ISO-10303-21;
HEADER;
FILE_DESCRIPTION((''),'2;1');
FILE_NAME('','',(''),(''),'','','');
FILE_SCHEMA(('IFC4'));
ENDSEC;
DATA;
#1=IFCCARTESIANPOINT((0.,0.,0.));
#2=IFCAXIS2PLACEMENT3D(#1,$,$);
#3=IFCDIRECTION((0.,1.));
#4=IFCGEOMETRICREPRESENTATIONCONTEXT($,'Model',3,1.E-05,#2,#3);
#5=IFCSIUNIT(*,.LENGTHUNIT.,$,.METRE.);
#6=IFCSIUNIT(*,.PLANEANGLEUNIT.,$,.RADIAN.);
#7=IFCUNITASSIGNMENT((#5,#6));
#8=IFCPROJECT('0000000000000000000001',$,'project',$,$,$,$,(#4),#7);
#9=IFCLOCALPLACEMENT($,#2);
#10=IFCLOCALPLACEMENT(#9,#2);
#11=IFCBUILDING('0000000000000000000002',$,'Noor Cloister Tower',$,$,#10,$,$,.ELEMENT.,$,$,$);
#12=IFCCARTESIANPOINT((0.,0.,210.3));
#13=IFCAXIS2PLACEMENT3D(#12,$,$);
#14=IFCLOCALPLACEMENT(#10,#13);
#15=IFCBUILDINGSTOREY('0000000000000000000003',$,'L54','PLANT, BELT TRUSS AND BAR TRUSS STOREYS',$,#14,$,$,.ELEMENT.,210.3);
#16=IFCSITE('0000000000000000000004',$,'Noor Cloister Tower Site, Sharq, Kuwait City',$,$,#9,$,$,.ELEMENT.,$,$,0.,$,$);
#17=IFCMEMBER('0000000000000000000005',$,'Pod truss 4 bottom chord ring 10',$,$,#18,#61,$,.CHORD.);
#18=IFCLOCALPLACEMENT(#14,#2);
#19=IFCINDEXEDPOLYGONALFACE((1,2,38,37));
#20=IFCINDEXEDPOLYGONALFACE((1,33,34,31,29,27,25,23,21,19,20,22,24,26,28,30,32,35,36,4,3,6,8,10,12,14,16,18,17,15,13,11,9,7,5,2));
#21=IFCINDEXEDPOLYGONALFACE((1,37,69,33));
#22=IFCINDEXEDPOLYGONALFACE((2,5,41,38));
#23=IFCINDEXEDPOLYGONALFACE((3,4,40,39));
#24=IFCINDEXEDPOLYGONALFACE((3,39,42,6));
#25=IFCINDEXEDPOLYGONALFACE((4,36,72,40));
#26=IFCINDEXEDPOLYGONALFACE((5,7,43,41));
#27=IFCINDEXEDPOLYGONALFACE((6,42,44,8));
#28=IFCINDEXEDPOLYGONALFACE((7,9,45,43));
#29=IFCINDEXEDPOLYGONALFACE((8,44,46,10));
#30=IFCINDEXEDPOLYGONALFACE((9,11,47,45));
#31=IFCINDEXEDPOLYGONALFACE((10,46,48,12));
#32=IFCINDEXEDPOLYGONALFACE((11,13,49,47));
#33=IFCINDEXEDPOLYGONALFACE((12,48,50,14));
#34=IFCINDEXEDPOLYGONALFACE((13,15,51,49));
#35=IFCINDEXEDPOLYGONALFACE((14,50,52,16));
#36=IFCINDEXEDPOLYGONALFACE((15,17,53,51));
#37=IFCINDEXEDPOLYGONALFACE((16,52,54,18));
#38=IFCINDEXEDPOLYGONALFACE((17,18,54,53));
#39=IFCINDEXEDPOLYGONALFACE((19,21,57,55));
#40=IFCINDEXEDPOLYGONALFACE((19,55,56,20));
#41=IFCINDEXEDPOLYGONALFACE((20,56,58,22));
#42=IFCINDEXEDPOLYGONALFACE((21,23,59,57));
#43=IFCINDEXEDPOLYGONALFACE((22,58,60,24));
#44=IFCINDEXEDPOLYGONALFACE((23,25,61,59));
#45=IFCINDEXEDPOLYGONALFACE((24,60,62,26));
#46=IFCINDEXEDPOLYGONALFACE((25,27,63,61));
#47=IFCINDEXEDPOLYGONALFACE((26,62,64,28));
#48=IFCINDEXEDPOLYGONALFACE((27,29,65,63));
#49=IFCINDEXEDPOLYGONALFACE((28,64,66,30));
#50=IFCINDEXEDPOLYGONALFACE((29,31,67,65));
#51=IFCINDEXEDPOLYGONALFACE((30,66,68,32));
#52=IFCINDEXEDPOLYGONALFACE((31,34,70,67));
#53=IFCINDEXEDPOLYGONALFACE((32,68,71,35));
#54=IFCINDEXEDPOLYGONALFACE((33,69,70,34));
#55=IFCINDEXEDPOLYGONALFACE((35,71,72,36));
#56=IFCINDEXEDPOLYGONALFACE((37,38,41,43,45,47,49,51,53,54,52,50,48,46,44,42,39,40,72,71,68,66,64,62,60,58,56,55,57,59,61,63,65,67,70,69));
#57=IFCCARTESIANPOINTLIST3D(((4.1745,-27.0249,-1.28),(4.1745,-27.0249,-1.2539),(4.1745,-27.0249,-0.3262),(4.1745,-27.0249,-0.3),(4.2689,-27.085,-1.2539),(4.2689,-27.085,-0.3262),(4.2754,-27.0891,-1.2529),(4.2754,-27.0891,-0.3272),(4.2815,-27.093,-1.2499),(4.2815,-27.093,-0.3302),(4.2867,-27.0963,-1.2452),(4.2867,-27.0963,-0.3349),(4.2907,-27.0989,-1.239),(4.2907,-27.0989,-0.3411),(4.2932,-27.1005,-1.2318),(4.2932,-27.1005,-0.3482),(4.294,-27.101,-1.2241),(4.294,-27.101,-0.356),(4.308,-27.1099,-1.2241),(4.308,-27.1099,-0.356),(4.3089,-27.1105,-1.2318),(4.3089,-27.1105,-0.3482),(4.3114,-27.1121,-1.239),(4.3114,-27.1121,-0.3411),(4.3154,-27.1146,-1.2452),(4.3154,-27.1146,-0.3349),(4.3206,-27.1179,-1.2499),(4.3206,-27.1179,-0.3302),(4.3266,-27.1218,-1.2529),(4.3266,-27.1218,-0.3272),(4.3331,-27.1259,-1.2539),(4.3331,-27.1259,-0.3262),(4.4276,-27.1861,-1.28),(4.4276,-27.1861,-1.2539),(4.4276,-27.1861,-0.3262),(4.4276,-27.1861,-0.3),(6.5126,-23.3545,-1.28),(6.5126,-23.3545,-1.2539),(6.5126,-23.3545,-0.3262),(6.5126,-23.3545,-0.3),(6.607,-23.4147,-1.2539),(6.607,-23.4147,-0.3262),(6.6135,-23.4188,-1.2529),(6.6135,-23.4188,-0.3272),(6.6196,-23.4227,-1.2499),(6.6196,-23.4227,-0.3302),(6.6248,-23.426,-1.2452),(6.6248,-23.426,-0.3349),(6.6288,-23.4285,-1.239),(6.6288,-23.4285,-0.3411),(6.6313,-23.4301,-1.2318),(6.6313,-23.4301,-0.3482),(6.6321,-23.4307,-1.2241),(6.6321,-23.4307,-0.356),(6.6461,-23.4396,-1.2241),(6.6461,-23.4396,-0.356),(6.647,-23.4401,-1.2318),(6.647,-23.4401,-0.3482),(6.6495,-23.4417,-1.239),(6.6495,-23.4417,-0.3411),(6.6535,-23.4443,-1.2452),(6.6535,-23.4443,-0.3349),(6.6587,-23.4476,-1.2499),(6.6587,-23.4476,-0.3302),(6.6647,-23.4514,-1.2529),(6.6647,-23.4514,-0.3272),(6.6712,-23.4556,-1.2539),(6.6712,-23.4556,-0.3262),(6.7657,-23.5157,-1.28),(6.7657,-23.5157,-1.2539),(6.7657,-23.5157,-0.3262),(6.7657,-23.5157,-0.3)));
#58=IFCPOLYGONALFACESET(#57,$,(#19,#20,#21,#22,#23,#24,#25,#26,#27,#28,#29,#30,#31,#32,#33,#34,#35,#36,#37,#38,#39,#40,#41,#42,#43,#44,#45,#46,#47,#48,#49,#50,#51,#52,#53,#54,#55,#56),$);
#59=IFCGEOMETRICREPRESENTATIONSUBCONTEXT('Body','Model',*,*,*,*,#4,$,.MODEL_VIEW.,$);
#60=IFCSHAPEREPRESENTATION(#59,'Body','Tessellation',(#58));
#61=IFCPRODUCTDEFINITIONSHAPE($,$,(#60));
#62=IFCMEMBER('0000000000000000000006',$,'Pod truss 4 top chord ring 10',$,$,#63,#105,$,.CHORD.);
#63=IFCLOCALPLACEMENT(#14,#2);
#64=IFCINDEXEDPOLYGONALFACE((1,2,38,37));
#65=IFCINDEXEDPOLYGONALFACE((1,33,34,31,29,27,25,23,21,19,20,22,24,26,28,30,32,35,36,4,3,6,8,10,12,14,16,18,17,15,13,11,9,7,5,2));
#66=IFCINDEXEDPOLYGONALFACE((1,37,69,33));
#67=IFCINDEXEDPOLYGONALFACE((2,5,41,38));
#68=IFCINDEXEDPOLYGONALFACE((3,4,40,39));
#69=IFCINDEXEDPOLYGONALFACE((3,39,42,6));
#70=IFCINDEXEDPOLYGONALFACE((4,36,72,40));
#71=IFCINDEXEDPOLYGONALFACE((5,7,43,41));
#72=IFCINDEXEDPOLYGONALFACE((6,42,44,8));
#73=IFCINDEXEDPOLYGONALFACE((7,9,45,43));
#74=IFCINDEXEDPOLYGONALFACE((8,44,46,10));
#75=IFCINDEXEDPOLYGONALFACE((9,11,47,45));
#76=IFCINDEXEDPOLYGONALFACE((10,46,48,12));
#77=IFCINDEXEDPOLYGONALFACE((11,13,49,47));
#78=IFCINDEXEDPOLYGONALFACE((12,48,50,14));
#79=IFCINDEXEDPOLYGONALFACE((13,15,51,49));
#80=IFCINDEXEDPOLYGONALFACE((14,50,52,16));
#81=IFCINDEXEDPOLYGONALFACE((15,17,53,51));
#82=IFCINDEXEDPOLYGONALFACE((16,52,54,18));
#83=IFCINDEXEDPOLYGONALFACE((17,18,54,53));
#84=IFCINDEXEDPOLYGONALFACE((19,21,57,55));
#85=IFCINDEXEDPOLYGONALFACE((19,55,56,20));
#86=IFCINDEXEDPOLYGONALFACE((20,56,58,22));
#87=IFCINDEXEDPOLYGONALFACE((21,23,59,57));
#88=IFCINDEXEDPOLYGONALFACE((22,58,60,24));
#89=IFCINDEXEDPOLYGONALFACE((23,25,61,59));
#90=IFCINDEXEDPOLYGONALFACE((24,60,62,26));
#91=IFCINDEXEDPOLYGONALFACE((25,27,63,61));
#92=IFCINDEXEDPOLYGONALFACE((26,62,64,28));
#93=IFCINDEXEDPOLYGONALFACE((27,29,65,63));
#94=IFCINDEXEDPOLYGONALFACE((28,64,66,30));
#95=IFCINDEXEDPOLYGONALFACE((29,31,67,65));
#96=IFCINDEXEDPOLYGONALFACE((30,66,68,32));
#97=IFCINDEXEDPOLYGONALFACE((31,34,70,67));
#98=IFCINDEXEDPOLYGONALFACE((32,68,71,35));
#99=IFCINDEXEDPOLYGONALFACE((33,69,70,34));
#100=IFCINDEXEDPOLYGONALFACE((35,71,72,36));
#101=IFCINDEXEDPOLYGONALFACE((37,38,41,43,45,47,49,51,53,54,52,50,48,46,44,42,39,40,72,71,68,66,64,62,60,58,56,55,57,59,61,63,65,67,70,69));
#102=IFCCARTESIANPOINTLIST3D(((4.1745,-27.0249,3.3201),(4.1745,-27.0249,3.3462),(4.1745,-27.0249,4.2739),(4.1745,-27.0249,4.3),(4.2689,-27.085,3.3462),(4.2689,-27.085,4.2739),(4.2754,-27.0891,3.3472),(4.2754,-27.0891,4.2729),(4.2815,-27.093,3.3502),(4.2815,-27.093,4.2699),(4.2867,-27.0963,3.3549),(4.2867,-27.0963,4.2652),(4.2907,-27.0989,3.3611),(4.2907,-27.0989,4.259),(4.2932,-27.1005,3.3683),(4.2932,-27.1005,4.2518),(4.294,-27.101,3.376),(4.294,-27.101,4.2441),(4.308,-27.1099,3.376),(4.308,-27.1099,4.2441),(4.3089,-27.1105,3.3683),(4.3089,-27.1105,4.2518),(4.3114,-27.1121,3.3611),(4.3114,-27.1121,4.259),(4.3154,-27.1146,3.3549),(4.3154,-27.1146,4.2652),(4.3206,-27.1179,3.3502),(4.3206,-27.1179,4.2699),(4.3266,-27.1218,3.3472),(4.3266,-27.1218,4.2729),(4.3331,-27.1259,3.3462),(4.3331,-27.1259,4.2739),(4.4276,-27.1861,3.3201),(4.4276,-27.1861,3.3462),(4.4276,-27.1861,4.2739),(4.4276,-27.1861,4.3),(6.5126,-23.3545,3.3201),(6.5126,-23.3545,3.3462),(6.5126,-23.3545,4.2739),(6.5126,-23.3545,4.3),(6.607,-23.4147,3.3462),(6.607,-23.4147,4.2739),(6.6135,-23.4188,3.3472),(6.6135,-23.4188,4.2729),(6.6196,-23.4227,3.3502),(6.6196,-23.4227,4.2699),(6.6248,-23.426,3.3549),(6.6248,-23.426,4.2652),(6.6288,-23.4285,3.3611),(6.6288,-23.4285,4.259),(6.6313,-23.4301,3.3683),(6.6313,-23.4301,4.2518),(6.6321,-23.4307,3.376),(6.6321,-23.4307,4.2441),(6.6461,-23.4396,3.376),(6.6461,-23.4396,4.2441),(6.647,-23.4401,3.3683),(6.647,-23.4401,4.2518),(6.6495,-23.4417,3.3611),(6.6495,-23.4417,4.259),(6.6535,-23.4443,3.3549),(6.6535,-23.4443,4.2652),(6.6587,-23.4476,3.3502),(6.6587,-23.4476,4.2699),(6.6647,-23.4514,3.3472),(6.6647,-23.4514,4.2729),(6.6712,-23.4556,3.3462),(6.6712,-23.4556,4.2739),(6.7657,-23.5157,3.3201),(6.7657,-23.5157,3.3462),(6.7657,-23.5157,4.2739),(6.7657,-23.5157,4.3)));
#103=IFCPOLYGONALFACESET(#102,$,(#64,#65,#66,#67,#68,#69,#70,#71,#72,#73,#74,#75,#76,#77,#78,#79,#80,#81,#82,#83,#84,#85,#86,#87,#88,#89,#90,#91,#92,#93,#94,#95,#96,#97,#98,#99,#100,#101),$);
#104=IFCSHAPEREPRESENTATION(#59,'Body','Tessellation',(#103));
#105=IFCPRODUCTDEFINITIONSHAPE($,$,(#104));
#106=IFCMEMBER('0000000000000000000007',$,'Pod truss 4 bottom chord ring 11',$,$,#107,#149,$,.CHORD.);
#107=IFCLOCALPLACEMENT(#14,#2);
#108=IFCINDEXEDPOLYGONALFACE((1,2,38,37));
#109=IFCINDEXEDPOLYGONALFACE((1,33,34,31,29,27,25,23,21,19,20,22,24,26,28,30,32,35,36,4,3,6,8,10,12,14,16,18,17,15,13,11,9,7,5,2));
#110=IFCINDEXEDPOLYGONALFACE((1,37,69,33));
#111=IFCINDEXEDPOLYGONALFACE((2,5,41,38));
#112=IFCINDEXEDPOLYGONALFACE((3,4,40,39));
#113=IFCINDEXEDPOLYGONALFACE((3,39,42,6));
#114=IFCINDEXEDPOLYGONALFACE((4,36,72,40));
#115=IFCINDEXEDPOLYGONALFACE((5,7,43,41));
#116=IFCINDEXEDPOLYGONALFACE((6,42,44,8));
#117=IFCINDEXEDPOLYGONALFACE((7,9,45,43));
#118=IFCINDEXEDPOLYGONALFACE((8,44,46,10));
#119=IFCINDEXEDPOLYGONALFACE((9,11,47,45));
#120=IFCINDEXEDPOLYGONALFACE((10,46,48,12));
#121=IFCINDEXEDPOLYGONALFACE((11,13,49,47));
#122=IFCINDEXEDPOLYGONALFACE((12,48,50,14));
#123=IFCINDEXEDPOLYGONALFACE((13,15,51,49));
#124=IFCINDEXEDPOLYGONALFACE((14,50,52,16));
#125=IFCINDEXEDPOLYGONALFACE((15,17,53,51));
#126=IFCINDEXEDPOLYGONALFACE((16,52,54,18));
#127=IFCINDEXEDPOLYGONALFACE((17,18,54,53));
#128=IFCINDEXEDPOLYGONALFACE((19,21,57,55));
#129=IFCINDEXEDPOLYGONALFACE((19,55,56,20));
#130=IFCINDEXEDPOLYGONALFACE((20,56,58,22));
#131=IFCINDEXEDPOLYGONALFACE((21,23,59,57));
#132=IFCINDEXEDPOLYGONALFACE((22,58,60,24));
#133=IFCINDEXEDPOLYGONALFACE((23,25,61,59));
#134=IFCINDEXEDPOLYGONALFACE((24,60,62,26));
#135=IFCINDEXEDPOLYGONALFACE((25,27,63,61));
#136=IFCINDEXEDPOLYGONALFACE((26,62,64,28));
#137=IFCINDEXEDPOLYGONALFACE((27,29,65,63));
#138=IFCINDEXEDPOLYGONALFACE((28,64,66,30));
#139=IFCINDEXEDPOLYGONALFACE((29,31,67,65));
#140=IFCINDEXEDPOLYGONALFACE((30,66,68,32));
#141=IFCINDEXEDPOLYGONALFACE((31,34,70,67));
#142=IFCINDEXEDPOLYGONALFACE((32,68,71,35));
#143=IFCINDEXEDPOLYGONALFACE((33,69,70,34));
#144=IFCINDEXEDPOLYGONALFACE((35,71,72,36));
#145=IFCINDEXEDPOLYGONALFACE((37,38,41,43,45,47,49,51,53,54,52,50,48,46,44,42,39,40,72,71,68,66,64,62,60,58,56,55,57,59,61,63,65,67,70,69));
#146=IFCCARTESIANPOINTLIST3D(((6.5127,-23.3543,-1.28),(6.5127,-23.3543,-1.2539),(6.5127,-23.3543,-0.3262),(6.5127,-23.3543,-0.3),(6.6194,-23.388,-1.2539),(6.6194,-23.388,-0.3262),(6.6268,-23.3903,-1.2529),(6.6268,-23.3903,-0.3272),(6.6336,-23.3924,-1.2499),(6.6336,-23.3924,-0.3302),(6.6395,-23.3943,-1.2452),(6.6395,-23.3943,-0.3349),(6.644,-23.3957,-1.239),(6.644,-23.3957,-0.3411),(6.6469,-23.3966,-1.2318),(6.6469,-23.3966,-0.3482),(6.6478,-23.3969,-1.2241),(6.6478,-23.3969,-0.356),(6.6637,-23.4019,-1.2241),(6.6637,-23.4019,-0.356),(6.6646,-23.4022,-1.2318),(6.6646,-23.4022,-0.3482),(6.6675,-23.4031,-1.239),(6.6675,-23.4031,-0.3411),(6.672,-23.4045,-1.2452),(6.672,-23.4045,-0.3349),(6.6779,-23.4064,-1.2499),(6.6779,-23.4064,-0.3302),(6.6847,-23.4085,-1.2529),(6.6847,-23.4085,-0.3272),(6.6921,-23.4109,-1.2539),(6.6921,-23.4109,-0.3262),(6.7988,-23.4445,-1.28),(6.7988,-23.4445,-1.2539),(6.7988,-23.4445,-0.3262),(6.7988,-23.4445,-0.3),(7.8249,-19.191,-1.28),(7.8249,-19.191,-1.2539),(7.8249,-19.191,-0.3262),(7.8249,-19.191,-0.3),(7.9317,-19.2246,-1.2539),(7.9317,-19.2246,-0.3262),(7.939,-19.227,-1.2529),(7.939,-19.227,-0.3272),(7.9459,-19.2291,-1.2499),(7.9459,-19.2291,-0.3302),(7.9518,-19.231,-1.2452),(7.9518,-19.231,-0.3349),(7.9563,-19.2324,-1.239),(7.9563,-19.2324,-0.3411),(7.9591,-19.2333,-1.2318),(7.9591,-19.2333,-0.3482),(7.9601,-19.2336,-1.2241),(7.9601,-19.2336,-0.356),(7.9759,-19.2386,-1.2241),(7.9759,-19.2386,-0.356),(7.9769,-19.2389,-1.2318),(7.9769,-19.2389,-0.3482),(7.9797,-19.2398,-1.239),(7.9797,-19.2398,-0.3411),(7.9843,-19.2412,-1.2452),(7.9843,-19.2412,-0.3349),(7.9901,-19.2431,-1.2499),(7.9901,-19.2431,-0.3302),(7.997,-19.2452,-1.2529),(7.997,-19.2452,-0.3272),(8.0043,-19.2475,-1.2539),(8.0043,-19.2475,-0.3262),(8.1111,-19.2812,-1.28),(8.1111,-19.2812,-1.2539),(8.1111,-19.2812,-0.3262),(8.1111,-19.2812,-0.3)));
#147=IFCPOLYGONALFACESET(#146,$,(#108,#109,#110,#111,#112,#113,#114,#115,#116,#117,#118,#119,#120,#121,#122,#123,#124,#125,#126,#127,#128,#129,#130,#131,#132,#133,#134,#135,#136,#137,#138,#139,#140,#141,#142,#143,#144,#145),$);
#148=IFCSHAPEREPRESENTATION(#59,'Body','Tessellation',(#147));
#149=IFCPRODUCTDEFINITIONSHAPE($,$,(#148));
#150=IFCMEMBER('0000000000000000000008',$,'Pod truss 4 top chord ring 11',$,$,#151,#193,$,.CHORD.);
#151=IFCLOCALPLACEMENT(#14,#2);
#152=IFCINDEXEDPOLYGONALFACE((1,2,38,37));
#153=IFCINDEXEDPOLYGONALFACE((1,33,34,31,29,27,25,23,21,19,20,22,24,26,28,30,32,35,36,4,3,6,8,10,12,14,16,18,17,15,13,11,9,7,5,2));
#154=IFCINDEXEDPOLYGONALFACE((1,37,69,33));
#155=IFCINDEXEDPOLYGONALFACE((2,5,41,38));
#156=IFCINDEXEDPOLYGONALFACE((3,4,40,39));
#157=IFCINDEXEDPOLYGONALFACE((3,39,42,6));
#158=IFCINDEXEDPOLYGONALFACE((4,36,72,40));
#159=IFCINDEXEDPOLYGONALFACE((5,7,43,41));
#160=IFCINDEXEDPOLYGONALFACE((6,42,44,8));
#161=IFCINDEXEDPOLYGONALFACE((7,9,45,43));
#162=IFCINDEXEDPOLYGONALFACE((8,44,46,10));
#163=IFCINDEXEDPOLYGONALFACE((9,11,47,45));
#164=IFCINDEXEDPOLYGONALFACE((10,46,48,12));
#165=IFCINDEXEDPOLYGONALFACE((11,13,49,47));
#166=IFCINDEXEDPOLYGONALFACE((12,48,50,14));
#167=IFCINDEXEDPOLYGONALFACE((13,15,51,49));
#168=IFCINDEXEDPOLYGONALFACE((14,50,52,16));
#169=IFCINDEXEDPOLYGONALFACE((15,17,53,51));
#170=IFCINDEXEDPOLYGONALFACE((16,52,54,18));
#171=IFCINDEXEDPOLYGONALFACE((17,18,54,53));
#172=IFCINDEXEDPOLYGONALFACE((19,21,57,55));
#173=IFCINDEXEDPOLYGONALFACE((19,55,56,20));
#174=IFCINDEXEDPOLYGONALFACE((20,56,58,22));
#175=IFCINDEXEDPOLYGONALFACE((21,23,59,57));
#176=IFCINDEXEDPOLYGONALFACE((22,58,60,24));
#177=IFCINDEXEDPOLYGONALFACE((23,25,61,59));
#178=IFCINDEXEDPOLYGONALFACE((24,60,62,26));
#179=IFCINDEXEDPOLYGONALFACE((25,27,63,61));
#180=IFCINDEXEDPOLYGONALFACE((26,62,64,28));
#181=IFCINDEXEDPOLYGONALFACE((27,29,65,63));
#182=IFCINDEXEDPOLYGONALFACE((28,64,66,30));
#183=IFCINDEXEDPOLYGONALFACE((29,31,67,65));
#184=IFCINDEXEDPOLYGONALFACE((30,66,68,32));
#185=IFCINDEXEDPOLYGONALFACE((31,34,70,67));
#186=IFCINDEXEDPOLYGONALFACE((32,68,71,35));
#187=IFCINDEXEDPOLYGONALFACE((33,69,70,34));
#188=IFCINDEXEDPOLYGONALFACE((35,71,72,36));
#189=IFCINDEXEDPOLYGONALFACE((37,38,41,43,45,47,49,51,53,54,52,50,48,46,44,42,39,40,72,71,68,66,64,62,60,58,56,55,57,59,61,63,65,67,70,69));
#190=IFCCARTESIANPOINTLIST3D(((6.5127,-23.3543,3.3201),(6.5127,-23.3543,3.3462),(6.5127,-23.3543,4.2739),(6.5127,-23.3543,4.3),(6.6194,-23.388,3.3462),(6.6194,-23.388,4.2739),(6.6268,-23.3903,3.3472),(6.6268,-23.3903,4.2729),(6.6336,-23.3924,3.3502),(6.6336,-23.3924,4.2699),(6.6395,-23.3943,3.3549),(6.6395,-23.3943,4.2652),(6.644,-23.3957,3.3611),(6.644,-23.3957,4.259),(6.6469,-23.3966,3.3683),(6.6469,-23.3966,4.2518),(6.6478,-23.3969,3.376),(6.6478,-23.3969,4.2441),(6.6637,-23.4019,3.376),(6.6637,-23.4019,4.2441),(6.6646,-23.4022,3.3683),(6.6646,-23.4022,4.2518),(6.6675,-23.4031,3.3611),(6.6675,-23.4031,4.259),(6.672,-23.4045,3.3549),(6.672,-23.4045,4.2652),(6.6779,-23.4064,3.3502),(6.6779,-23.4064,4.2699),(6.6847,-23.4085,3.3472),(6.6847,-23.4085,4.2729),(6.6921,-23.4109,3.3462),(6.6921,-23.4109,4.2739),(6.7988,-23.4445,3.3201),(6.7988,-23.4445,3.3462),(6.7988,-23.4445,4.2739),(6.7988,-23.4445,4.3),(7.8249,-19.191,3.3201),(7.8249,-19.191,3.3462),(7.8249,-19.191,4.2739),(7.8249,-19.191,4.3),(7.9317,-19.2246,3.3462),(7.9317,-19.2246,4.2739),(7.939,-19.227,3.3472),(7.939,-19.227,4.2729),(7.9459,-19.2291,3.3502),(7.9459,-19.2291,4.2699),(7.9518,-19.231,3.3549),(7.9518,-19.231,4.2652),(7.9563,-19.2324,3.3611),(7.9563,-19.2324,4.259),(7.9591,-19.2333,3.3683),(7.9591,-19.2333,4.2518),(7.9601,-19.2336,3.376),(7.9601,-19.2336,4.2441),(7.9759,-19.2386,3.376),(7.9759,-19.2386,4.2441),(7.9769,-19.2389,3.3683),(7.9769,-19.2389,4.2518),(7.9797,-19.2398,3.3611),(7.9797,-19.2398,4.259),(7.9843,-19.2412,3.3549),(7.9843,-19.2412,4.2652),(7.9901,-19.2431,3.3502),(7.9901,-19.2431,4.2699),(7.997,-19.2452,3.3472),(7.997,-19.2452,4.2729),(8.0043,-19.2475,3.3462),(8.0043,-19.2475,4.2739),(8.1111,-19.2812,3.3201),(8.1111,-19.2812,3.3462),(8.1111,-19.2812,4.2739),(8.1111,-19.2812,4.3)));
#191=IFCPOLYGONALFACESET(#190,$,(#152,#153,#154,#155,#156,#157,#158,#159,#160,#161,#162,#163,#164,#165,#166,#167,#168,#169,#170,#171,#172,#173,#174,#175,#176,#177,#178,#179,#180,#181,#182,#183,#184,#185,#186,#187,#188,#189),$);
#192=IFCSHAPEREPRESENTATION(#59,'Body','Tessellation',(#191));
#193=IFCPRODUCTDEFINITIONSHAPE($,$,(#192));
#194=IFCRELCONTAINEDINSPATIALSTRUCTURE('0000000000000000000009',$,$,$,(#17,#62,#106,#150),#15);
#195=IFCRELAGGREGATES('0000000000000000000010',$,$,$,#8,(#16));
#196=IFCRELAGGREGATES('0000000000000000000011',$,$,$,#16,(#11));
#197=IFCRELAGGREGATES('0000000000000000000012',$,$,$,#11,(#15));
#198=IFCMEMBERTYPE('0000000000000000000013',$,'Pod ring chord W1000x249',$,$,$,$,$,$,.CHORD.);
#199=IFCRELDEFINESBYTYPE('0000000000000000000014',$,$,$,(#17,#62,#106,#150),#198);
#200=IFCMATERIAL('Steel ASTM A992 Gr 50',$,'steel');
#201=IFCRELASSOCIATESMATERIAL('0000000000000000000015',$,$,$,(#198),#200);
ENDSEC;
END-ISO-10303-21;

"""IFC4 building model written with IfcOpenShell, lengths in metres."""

from ifc_helpers import new_model, si_unit, direction, frame, origin, origin_2d, place, context, subcontext, project, spatial, i_section, extrude, material, material_profile, profile_set, type_object, element, save


model = new_model("IFC4")

# Units and contexts
model_context = context("Model", 3, precision=1e-05, world=origin(), true_north=direction((0.0, 1.0)))
body_context = subcontext(model_context, "Body", "Model", "MODEL_VIEW")
ifc_project = project(units=[si_unit("LENGTHUNIT", "METRE"), si_unit("PLANEANGLEUNIT", "RADIAN")], contexts=[model_context])

# Site, building, storey
site_placement = place(None, origin())
site = spatial("IfcSite", under=ifc_project, at=site_placement, Name="Noor Cloister Tower Site, Sharq, Kuwait City", CompositionType="ELEMENT", RefElevation=0.0)
building_placement = place(site_placement, origin())
building = spatial("IfcBuilding", under=site, at=building_placement, Name="Noor Cloister Tower", CompositionType="ELEMENT")
storey_placement = place(building_placement, frame((0.0, 0.0, 210.3)))
storey = spatial("IfcBuildingStorey", under=building, at=storey_placement, Name="L54", Description="PLANT, BELT TRUSS AND BAR TRUSS STOREYS", CompositionType="ELEMENT", Elevation=210.3)

# Members
ifc_material_1 = material(Name="Steel ASTM A992 Gr 50", Category="steel")
ifc_material_profile_1 = material_profile(ifc_material_1, i_section(OverallWidth=0.3, OverallDepth=0.98, WebThickness=0.0166, FlangeThickness=0.0261, FilletRadius=0.0298, at=origin_2d()), Name="W1000x249")
ifc_profile_set_1 = profile_set([ifc_material_profile_1], Name="Steel ASTM A992 Gr 50")
member_type_1 = type_object("IfcMemberType", Name="Pod ring chord W1000x249", PredefinedType="CHORD", material=ifc_profile_set_1)
for number, where, z_axis, x_axis, name in (
    (1, (4.301, -27.1055, -0.79), (0.537271, 0.84341, 0.0), (-0.84341, 0.537271, 0.0), "Pod truss 4 bottom chord ring 10"),
    (2, (4.301, -27.1055, 3.8101), (0.537271, 0.84341, 0.0), (-0.84341, 0.537271, 0.0), "Pod truss 4 top chord ring 10"),
):
    element("IfcMember", number, at=place(storey_placement, frame(where, z_axis=z_axis, x_axis=x_axis)), inside=storey, type_object=member_type_1, Name=name, PredefinedType="CHORD", context=body_context, shape_type="SweptSolid", body=[
        extrude(i_section(OverallWidth=0.3, OverallDepth=0.98, WebThickness=0.0166, FlangeThickness=0.0261, FilletRadius=0.0298, at=origin_2d()), origin(), (0.0, 0.0, 1.0), 4.3518),
    ])
for number, where, z_axis, x_axis, name in (
    (3, (6.6558, -23.3994, -0.79), (0.300615, 0.953746, 0.0), (-0.953746, 0.300615, 0.0), "Pod truss 4 bottom chord ring 11"),
    (4, (6.6558, -23.3994, 3.8101), (0.300615, 0.953746, 0.0), (-0.953746, 0.300615, 0.0), "Pod truss 4 top chord ring 11"),
):
    element("IfcMember", number, at=place(storey_placement, frame(where, z_axis=z_axis, x_axis=x_axis)), inside=storey, type_object=member_type_1, Name=name, PredefinedType="CHORD", context=body_context, shape_type="SweptSolid", body=[
        extrude(i_section(OverallWidth=0.3, OverallDepth=0.98, WebThickness=0.0166, FlangeThickness=0.0261, FilletRadius=0.0298, at=origin_2d()), origin(), (0.0, 0.0, 1.0), 4.3652),
    ])

save(model, "model.ifc")
